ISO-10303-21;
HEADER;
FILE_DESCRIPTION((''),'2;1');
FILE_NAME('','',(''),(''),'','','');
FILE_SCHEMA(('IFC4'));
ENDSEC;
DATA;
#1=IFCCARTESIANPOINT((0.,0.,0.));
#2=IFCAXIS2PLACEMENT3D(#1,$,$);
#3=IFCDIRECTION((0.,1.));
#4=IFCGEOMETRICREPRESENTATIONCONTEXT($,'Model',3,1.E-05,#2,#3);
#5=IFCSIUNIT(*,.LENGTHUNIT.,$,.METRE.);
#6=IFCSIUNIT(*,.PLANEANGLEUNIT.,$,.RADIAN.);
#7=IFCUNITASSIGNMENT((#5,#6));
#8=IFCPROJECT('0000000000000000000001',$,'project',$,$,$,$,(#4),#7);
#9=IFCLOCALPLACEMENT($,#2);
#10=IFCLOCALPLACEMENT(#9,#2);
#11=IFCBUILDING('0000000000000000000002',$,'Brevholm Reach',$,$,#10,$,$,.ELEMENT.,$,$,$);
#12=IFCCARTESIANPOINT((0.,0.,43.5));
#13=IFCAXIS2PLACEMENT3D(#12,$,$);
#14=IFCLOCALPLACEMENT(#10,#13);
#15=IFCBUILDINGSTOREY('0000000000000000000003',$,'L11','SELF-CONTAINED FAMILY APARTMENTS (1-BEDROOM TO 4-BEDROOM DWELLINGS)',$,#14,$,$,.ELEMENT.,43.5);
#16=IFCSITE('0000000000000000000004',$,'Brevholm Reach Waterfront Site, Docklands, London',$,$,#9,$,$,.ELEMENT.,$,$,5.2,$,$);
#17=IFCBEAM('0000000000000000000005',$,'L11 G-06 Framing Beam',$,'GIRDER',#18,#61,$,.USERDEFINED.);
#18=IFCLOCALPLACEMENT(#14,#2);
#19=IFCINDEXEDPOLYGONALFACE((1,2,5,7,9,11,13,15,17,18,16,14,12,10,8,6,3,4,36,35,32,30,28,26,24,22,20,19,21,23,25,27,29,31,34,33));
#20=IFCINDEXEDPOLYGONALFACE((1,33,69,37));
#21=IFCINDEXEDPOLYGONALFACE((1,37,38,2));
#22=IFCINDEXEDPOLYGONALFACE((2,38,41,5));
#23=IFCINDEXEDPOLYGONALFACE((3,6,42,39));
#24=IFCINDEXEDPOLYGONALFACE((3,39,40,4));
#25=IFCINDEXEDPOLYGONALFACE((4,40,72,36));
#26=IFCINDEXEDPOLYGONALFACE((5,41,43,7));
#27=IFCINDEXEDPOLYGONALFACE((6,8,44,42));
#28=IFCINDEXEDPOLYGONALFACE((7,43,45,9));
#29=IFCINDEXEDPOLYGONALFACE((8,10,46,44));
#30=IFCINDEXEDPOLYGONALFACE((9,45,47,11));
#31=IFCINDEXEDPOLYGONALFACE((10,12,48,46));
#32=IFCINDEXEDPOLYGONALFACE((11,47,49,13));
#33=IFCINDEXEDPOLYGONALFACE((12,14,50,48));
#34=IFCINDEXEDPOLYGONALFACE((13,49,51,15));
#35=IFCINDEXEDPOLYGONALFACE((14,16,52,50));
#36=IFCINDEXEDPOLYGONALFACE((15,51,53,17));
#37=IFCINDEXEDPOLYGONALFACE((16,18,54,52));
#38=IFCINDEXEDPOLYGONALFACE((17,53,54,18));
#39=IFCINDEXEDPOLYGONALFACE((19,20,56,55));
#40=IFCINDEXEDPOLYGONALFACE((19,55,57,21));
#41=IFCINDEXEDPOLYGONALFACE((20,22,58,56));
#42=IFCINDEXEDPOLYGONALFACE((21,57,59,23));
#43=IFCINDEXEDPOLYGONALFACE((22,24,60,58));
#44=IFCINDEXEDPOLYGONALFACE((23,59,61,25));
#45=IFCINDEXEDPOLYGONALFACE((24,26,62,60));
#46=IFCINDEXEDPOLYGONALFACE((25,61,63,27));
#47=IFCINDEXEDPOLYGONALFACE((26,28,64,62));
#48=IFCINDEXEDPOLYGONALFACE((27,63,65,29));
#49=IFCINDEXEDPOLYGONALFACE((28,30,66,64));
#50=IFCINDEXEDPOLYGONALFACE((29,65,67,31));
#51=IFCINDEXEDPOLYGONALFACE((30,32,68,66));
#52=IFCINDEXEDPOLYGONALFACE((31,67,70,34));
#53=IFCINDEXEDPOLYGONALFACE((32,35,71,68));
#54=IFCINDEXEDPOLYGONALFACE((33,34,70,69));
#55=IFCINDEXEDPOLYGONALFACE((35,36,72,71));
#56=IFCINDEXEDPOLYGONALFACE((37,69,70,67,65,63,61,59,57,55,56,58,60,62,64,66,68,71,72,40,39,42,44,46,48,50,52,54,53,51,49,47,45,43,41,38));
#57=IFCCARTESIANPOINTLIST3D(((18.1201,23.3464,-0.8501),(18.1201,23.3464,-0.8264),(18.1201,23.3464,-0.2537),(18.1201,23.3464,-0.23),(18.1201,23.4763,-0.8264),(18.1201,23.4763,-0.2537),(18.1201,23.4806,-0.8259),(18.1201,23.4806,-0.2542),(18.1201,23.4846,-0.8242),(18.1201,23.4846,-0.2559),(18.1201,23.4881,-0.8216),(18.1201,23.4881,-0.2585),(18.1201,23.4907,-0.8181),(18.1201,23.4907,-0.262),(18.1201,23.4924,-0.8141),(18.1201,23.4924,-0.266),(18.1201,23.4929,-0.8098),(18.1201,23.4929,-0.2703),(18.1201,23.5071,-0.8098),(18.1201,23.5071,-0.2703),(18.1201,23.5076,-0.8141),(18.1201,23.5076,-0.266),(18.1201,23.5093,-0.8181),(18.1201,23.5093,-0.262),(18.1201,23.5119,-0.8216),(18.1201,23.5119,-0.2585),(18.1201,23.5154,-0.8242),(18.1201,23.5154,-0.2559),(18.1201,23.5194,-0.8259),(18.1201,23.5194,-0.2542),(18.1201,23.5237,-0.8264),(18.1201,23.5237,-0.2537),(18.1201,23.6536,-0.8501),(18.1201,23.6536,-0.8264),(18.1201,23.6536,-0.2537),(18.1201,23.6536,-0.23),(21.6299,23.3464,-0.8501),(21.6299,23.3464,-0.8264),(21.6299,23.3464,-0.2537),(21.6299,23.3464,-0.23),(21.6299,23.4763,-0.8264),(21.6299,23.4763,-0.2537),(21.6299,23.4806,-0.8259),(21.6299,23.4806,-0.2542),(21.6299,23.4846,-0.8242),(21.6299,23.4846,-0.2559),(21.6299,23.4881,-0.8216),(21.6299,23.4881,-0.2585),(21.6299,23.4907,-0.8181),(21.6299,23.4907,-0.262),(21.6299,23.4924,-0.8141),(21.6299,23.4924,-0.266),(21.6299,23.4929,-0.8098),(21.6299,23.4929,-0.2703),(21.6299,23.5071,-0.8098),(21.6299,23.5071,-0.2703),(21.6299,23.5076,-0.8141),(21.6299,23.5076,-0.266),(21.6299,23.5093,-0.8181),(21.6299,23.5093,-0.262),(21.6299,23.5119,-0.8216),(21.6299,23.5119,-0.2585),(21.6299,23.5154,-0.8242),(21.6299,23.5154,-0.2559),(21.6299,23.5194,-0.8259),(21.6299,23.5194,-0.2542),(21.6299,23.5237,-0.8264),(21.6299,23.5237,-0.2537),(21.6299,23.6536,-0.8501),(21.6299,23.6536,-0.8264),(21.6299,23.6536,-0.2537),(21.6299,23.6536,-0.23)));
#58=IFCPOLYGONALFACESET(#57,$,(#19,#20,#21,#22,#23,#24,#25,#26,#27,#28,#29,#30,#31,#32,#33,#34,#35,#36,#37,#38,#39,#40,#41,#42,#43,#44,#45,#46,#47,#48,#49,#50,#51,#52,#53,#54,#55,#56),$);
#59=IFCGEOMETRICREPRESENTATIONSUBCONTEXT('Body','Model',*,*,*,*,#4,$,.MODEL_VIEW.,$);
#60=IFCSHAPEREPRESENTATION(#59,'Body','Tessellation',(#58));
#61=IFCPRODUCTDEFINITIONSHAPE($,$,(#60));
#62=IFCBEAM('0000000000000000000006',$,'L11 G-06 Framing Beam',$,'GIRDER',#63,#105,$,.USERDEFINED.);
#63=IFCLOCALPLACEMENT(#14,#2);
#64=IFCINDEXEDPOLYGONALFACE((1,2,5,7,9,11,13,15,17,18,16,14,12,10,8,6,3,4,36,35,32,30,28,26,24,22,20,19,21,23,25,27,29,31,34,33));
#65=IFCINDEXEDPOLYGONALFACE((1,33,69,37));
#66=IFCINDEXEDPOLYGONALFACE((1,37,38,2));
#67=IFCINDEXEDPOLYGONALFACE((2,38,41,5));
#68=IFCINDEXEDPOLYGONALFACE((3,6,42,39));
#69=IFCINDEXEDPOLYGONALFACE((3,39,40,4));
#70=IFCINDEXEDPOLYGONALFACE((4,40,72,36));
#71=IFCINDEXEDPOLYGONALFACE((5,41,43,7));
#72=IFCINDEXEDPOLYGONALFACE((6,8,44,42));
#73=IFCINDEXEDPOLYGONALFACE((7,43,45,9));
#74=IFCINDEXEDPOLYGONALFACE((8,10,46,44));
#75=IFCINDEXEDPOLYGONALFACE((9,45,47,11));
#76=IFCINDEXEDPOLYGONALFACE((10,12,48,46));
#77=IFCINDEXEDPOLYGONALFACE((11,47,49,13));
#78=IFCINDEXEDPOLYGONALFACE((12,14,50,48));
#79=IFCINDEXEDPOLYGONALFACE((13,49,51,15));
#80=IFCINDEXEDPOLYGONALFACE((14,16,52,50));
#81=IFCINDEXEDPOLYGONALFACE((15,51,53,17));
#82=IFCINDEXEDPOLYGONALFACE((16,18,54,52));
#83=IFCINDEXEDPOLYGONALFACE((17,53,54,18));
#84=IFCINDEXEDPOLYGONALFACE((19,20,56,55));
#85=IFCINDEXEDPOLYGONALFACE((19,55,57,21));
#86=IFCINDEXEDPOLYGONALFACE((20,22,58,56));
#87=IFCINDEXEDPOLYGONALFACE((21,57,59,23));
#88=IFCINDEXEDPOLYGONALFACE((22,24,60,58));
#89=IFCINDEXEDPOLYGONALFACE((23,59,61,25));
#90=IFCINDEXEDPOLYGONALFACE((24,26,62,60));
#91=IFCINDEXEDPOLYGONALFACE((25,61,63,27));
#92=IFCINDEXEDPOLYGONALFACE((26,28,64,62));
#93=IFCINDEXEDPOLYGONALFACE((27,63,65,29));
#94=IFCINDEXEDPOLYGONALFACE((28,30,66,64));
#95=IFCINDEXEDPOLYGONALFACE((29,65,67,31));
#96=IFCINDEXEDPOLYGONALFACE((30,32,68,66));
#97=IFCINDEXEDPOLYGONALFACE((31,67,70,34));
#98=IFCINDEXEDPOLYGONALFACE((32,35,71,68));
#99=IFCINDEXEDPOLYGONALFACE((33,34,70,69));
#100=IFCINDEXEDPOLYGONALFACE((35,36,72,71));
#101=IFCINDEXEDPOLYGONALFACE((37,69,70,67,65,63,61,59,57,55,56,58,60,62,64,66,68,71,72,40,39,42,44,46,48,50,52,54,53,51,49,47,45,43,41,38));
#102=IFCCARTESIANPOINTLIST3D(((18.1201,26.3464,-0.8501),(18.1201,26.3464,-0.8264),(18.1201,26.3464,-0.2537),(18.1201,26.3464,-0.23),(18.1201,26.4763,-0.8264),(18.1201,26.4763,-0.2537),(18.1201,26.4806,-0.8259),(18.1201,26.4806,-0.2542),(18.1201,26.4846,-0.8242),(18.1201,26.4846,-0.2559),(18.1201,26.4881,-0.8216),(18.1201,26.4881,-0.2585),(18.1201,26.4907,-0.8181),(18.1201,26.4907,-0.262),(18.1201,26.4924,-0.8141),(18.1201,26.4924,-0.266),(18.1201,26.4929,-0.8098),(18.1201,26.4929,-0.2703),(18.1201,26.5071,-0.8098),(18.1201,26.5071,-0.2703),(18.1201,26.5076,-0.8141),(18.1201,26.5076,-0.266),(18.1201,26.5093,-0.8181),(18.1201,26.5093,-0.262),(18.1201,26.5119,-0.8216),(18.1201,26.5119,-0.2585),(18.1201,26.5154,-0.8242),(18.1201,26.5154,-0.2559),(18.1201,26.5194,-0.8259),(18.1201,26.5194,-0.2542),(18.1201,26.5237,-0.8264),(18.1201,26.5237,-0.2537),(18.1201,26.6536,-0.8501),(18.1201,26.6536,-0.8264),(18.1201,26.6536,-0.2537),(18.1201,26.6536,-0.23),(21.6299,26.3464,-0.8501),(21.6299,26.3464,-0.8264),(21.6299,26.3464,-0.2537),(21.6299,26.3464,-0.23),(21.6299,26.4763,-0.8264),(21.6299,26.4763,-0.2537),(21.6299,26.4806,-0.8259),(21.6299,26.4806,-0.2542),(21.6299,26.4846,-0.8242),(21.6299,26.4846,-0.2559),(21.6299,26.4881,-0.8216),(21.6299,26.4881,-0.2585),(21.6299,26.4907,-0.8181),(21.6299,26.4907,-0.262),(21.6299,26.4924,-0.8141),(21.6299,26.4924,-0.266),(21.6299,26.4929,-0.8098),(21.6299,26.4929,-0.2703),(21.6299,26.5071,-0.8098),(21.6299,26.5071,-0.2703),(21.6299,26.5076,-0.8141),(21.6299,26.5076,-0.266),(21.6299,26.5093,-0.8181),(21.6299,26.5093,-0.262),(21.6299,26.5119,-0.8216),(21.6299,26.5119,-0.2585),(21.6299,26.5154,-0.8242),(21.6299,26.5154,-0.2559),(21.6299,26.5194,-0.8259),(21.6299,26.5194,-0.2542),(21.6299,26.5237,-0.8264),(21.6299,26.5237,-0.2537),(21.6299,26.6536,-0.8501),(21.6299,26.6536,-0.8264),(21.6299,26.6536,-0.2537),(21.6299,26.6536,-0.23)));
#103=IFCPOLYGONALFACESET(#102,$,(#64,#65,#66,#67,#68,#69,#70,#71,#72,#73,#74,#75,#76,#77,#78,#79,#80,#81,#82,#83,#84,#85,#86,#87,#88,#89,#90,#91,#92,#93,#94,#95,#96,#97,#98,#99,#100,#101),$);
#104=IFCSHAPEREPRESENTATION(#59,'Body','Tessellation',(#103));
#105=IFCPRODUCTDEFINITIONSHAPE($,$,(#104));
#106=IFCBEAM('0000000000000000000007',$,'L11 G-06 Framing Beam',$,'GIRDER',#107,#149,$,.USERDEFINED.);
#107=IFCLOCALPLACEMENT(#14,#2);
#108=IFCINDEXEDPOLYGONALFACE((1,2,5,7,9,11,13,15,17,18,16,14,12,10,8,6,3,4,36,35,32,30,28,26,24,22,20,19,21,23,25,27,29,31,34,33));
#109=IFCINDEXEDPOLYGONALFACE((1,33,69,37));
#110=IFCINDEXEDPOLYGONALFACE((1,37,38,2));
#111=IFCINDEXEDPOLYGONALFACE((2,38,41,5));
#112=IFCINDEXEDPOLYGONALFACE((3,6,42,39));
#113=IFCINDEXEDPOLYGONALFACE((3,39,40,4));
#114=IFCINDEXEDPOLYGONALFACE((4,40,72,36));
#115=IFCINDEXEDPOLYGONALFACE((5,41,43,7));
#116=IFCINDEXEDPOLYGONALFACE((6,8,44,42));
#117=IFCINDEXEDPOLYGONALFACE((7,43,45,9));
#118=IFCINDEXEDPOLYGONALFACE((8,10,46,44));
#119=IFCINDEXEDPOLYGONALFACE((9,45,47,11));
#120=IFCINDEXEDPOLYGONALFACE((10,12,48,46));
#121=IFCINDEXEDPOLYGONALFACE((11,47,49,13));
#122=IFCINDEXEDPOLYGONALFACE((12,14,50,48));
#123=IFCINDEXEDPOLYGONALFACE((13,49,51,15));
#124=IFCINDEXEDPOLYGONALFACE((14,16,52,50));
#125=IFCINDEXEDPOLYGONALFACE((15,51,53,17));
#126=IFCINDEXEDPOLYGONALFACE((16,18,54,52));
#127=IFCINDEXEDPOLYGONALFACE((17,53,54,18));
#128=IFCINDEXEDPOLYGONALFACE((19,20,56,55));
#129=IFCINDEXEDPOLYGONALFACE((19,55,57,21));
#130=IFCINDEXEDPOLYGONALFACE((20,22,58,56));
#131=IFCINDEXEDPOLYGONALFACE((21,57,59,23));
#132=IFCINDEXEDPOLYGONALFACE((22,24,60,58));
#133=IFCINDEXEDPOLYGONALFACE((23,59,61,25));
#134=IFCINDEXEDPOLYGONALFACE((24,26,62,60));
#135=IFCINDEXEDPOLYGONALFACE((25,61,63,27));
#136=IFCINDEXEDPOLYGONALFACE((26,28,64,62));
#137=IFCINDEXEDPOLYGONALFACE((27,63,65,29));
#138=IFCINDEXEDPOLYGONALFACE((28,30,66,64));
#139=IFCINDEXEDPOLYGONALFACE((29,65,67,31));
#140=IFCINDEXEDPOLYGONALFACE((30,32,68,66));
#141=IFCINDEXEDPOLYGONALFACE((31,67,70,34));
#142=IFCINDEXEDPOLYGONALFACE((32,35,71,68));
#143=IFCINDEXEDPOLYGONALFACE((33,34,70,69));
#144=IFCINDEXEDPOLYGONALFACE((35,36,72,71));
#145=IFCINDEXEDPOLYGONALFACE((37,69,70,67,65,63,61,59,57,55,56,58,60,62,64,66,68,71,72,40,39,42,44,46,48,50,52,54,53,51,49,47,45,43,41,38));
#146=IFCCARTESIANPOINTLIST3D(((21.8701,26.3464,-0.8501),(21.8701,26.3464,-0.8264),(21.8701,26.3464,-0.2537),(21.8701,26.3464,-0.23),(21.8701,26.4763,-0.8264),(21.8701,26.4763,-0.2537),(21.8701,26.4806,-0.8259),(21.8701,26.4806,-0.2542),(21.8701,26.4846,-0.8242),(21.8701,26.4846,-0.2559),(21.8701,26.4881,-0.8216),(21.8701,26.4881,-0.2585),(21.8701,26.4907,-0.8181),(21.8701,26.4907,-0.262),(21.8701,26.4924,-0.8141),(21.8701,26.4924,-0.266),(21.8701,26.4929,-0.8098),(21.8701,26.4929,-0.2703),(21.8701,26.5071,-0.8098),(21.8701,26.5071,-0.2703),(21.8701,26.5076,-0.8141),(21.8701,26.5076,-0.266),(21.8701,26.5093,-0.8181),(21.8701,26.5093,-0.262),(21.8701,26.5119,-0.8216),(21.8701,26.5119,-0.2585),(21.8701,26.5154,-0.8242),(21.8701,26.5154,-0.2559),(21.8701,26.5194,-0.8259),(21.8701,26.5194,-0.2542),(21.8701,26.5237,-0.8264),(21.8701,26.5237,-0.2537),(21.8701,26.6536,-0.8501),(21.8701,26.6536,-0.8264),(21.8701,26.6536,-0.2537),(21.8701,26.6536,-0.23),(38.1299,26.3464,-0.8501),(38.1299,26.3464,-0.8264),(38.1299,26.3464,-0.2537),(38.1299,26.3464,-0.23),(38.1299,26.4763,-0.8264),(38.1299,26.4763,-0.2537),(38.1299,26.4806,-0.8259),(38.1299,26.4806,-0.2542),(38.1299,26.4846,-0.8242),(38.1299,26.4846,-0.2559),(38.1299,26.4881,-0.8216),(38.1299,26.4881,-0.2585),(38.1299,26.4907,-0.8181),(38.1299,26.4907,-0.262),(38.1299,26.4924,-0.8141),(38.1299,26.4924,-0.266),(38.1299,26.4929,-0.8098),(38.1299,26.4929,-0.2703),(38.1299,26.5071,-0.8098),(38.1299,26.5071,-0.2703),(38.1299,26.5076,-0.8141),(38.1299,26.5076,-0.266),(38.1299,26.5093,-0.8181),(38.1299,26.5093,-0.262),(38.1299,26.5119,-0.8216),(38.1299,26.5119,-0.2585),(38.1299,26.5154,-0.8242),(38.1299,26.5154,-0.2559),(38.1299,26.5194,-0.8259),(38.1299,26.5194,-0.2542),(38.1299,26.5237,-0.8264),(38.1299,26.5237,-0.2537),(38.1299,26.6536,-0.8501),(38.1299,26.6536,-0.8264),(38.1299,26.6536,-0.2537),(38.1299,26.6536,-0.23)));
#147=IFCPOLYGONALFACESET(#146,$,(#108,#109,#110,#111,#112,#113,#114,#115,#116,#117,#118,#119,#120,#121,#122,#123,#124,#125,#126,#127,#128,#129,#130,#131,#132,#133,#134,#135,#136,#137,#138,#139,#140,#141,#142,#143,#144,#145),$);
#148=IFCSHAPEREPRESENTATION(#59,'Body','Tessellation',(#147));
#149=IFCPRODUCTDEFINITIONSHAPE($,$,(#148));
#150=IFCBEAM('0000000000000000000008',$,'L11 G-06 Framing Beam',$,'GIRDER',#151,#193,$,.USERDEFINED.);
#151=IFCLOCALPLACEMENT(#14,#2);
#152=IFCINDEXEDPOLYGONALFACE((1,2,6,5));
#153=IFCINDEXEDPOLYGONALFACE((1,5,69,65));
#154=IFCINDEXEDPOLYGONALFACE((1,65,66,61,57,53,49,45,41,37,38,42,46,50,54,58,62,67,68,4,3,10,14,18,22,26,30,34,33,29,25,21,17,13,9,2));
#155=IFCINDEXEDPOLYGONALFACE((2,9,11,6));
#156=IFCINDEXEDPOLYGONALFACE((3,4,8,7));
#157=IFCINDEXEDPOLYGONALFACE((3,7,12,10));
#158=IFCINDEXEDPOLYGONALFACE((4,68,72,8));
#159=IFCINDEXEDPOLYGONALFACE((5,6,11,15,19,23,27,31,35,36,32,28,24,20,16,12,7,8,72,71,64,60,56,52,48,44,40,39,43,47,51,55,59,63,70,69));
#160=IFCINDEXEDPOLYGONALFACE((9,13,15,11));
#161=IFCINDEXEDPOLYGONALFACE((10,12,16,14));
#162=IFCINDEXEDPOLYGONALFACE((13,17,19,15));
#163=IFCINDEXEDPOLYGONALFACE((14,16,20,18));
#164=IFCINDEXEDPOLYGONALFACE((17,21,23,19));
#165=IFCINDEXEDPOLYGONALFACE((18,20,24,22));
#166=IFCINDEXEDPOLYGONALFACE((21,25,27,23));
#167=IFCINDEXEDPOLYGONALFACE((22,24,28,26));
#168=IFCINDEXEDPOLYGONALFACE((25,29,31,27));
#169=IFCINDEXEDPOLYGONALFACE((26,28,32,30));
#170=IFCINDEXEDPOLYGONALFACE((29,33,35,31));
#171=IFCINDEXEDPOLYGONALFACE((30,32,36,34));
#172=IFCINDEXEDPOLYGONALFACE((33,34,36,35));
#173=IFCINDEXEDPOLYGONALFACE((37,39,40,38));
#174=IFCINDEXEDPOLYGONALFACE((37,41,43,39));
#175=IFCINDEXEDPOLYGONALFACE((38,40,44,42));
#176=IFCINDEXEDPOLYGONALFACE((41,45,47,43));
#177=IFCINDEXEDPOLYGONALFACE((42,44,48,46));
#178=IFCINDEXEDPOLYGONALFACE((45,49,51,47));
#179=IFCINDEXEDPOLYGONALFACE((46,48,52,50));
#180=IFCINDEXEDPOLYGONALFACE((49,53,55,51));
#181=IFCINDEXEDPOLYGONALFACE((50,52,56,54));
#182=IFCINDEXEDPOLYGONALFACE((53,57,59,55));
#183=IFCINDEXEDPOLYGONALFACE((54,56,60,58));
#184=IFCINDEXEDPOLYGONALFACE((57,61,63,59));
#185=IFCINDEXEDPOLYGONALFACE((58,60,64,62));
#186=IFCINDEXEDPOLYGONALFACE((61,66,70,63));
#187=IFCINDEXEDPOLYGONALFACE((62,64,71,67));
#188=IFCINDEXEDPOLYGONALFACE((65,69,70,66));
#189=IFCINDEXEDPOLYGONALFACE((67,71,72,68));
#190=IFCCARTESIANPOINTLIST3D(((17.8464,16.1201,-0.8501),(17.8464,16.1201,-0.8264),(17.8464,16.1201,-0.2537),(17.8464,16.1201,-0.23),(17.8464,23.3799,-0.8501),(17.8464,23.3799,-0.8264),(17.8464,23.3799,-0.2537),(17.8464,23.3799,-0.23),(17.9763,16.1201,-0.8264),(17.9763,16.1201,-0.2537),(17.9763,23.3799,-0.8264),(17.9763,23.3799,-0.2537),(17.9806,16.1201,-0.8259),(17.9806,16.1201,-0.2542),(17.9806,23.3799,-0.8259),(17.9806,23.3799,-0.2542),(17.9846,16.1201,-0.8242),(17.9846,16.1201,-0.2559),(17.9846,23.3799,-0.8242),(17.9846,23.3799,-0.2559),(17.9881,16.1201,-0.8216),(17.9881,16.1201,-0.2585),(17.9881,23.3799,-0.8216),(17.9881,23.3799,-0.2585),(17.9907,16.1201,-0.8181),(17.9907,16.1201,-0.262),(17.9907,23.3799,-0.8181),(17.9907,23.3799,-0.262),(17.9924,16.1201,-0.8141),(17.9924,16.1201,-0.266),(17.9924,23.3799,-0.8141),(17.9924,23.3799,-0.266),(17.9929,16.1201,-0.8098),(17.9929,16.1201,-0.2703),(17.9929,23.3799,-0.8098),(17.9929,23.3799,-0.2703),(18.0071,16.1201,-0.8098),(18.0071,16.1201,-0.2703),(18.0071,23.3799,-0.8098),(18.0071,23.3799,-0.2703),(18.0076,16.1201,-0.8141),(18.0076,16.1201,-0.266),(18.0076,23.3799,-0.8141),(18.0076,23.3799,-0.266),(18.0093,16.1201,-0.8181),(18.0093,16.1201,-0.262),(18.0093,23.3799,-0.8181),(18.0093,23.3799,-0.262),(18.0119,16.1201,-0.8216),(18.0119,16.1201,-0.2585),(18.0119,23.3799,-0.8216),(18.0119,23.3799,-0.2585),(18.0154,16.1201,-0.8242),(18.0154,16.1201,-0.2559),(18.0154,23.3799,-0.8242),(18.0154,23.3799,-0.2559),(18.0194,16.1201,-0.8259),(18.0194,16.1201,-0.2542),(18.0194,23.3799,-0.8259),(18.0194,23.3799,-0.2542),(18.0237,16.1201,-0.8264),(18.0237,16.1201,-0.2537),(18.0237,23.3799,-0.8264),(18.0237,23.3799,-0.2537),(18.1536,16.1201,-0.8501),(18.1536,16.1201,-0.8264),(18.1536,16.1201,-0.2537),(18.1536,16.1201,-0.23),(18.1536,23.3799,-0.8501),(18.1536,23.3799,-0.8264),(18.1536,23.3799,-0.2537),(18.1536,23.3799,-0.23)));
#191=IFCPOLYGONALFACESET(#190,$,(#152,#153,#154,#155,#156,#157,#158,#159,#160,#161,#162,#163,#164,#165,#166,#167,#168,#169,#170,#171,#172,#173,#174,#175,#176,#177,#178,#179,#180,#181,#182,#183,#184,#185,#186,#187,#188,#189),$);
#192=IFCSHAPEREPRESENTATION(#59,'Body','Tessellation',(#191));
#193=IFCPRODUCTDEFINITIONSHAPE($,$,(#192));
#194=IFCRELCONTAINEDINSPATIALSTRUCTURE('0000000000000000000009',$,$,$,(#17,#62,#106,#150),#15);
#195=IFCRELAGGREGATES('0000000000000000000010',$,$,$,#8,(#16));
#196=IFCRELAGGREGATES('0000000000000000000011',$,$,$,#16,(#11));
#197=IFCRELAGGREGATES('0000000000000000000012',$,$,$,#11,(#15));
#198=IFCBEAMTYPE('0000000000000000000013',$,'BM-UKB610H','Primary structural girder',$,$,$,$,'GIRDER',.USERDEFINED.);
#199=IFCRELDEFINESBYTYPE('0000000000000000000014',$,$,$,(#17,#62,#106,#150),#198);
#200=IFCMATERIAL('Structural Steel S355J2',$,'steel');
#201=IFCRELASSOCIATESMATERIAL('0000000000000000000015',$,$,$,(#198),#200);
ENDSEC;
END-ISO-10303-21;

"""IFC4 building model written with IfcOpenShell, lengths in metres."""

from ifc_helpers import new_model, si_unit, direction, frame, origin, origin_2d, place, context, subcontext, project, spatial, i_section, extrude, material, material_profile, profile_set, type_object, element, save


model = new_model("IFC4")

# Units and contexts
model_context = context("Model", 3, precision=1e-05, world=origin(), true_north=direction((0.0, 1.0)))
body_context = subcontext(model_context, "Body", "Model", "MODEL_VIEW")
ifc_project = project(units=[si_unit("LENGTHUNIT", "METRE"), si_unit("PLANEANGLEUNIT", "RADIAN")], contexts=[model_context])

# Site, building, storey
site_placement = place(None, origin())
site = spatial("IfcSite", under=ifc_project, at=site_placement, Name="Brevholm Reach Waterfront Site, Docklands, London", CompositionType="ELEMENT", RefElevation=5.2)
building_placement = place(site_placement, origin())
building = spatial("IfcBuilding", under=site, at=building_placement, Name="Brevholm Reach", CompositionType="ELEMENT")
storey_placement = place(building_placement, frame((0.0, 0.0, 43.5)))
storey = spatial("IfcBuildingStorey", under=building, at=storey_placement, Name="L11", Description="SELF-CONTAINED FAMILY APARTMENTS (1-BEDROOM TO 4-BEDROOM DWELLINGS)", CompositionType="ELEMENT", Elevation=43.5)

# Beams
ifc_material_1 = material(Name="Structural Steel S355J2", Category="steel")
ifc_material_profile_1 = material_profile(ifc_material_1, i_section(OverallWidth=0.3071, OverallDepth=0.6201, WebThickness=0.0142, FlangeThickness=0.0237, FilletRadius=0.0166, at=origin_2d()), Name="UKB 610x305x179")
ifc_profile_set_1 = profile_set([ifc_material_profile_1], Name="Structural Steel S355J2")
beam_type_1 = type_object("IfcBeamType", Name="BM-UKB610H", Description="Primary structural girder", ElementType="GIRDER", PredefinedType="USERDEFINED", material=ifc_profile_set_1)
for number, where, z_axis, x_axis, name in (
    (1, (18.1201, 23.5, -0.54), (1.0, 0.0, 0.0), (0.0, 1.0, 0.0), "L11 G-06 Framing Beam"),
    (2, (18.1201, 26.5, -0.54), (1.0, 0.0, 0.0), (0.0, 1.0, 0.0), "L11 G-06 Framing Beam"),
):
    element("IfcBeam", number, at=place(storey_placement, frame(where, z_axis=z_axis, x_axis=x_axis)), inside=storey, type_object=beam_type_1, Name=name, ObjectType="GIRDER", PredefinedType="USERDEFINED", context=body_context, shape_type="SweptSolid", body=[
        extrude(i_section(OverallWidth=0.3071, OverallDepth=0.6201, WebThickness=0.0142, FlangeThickness=0.0237, FilletRadius=0.0166, at=origin_2d()), origin(), (0.0, 0.0, 1.0), 3.5098),
    ])
beam_1_placement = place(storey_placement, frame((21.8701, 26.5, -0.54), z_axis=(1.0, 0.0, 0.0), x_axis=(0.0, 1.0, 0.0)))
element("IfcBeam", 3, at=beam_1_placement, inside=storey, type_object=beam_type_1, Name="L11 G-06 Framing Beam", ObjectType="GIRDER", PredefinedType="USERDEFINED", context=body_context, shape_type="SweptSolid", body=[
    extrude(i_section(OverallWidth=0.3071, OverallDepth=0.6201, WebThickness=0.0142, FlangeThickness=0.0237, FilletRadius=0.0166, at=origin_2d()), origin(), (0.0, 0.0, 1.0), 16.2598),
])
beam_2_placement = place(storey_placement, frame((18.0, 16.1201, -0.54), z_axis=(0.0, 1.0, 0.0), x_axis=(-1.0, 0.0, 0.0)))
element("IfcBeam", 4, at=beam_2_placement, inside=storey, type_object=beam_type_1, Name="L11 G-06 Framing Beam", ObjectType="GIRDER", PredefinedType="USERDEFINED", context=body_context, shape_type="SweptSolid", body=[
    extrude(i_section(OverallWidth=0.3071, OverallDepth=0.6201, WebThickness=0.0142, FlangeThickness=0.0237, FilletRadius=0.0166, at=origin_2d()), origin(), (0.0, 0.0, 1.0), 7.2598),
])

save(model, "model.ifc")
